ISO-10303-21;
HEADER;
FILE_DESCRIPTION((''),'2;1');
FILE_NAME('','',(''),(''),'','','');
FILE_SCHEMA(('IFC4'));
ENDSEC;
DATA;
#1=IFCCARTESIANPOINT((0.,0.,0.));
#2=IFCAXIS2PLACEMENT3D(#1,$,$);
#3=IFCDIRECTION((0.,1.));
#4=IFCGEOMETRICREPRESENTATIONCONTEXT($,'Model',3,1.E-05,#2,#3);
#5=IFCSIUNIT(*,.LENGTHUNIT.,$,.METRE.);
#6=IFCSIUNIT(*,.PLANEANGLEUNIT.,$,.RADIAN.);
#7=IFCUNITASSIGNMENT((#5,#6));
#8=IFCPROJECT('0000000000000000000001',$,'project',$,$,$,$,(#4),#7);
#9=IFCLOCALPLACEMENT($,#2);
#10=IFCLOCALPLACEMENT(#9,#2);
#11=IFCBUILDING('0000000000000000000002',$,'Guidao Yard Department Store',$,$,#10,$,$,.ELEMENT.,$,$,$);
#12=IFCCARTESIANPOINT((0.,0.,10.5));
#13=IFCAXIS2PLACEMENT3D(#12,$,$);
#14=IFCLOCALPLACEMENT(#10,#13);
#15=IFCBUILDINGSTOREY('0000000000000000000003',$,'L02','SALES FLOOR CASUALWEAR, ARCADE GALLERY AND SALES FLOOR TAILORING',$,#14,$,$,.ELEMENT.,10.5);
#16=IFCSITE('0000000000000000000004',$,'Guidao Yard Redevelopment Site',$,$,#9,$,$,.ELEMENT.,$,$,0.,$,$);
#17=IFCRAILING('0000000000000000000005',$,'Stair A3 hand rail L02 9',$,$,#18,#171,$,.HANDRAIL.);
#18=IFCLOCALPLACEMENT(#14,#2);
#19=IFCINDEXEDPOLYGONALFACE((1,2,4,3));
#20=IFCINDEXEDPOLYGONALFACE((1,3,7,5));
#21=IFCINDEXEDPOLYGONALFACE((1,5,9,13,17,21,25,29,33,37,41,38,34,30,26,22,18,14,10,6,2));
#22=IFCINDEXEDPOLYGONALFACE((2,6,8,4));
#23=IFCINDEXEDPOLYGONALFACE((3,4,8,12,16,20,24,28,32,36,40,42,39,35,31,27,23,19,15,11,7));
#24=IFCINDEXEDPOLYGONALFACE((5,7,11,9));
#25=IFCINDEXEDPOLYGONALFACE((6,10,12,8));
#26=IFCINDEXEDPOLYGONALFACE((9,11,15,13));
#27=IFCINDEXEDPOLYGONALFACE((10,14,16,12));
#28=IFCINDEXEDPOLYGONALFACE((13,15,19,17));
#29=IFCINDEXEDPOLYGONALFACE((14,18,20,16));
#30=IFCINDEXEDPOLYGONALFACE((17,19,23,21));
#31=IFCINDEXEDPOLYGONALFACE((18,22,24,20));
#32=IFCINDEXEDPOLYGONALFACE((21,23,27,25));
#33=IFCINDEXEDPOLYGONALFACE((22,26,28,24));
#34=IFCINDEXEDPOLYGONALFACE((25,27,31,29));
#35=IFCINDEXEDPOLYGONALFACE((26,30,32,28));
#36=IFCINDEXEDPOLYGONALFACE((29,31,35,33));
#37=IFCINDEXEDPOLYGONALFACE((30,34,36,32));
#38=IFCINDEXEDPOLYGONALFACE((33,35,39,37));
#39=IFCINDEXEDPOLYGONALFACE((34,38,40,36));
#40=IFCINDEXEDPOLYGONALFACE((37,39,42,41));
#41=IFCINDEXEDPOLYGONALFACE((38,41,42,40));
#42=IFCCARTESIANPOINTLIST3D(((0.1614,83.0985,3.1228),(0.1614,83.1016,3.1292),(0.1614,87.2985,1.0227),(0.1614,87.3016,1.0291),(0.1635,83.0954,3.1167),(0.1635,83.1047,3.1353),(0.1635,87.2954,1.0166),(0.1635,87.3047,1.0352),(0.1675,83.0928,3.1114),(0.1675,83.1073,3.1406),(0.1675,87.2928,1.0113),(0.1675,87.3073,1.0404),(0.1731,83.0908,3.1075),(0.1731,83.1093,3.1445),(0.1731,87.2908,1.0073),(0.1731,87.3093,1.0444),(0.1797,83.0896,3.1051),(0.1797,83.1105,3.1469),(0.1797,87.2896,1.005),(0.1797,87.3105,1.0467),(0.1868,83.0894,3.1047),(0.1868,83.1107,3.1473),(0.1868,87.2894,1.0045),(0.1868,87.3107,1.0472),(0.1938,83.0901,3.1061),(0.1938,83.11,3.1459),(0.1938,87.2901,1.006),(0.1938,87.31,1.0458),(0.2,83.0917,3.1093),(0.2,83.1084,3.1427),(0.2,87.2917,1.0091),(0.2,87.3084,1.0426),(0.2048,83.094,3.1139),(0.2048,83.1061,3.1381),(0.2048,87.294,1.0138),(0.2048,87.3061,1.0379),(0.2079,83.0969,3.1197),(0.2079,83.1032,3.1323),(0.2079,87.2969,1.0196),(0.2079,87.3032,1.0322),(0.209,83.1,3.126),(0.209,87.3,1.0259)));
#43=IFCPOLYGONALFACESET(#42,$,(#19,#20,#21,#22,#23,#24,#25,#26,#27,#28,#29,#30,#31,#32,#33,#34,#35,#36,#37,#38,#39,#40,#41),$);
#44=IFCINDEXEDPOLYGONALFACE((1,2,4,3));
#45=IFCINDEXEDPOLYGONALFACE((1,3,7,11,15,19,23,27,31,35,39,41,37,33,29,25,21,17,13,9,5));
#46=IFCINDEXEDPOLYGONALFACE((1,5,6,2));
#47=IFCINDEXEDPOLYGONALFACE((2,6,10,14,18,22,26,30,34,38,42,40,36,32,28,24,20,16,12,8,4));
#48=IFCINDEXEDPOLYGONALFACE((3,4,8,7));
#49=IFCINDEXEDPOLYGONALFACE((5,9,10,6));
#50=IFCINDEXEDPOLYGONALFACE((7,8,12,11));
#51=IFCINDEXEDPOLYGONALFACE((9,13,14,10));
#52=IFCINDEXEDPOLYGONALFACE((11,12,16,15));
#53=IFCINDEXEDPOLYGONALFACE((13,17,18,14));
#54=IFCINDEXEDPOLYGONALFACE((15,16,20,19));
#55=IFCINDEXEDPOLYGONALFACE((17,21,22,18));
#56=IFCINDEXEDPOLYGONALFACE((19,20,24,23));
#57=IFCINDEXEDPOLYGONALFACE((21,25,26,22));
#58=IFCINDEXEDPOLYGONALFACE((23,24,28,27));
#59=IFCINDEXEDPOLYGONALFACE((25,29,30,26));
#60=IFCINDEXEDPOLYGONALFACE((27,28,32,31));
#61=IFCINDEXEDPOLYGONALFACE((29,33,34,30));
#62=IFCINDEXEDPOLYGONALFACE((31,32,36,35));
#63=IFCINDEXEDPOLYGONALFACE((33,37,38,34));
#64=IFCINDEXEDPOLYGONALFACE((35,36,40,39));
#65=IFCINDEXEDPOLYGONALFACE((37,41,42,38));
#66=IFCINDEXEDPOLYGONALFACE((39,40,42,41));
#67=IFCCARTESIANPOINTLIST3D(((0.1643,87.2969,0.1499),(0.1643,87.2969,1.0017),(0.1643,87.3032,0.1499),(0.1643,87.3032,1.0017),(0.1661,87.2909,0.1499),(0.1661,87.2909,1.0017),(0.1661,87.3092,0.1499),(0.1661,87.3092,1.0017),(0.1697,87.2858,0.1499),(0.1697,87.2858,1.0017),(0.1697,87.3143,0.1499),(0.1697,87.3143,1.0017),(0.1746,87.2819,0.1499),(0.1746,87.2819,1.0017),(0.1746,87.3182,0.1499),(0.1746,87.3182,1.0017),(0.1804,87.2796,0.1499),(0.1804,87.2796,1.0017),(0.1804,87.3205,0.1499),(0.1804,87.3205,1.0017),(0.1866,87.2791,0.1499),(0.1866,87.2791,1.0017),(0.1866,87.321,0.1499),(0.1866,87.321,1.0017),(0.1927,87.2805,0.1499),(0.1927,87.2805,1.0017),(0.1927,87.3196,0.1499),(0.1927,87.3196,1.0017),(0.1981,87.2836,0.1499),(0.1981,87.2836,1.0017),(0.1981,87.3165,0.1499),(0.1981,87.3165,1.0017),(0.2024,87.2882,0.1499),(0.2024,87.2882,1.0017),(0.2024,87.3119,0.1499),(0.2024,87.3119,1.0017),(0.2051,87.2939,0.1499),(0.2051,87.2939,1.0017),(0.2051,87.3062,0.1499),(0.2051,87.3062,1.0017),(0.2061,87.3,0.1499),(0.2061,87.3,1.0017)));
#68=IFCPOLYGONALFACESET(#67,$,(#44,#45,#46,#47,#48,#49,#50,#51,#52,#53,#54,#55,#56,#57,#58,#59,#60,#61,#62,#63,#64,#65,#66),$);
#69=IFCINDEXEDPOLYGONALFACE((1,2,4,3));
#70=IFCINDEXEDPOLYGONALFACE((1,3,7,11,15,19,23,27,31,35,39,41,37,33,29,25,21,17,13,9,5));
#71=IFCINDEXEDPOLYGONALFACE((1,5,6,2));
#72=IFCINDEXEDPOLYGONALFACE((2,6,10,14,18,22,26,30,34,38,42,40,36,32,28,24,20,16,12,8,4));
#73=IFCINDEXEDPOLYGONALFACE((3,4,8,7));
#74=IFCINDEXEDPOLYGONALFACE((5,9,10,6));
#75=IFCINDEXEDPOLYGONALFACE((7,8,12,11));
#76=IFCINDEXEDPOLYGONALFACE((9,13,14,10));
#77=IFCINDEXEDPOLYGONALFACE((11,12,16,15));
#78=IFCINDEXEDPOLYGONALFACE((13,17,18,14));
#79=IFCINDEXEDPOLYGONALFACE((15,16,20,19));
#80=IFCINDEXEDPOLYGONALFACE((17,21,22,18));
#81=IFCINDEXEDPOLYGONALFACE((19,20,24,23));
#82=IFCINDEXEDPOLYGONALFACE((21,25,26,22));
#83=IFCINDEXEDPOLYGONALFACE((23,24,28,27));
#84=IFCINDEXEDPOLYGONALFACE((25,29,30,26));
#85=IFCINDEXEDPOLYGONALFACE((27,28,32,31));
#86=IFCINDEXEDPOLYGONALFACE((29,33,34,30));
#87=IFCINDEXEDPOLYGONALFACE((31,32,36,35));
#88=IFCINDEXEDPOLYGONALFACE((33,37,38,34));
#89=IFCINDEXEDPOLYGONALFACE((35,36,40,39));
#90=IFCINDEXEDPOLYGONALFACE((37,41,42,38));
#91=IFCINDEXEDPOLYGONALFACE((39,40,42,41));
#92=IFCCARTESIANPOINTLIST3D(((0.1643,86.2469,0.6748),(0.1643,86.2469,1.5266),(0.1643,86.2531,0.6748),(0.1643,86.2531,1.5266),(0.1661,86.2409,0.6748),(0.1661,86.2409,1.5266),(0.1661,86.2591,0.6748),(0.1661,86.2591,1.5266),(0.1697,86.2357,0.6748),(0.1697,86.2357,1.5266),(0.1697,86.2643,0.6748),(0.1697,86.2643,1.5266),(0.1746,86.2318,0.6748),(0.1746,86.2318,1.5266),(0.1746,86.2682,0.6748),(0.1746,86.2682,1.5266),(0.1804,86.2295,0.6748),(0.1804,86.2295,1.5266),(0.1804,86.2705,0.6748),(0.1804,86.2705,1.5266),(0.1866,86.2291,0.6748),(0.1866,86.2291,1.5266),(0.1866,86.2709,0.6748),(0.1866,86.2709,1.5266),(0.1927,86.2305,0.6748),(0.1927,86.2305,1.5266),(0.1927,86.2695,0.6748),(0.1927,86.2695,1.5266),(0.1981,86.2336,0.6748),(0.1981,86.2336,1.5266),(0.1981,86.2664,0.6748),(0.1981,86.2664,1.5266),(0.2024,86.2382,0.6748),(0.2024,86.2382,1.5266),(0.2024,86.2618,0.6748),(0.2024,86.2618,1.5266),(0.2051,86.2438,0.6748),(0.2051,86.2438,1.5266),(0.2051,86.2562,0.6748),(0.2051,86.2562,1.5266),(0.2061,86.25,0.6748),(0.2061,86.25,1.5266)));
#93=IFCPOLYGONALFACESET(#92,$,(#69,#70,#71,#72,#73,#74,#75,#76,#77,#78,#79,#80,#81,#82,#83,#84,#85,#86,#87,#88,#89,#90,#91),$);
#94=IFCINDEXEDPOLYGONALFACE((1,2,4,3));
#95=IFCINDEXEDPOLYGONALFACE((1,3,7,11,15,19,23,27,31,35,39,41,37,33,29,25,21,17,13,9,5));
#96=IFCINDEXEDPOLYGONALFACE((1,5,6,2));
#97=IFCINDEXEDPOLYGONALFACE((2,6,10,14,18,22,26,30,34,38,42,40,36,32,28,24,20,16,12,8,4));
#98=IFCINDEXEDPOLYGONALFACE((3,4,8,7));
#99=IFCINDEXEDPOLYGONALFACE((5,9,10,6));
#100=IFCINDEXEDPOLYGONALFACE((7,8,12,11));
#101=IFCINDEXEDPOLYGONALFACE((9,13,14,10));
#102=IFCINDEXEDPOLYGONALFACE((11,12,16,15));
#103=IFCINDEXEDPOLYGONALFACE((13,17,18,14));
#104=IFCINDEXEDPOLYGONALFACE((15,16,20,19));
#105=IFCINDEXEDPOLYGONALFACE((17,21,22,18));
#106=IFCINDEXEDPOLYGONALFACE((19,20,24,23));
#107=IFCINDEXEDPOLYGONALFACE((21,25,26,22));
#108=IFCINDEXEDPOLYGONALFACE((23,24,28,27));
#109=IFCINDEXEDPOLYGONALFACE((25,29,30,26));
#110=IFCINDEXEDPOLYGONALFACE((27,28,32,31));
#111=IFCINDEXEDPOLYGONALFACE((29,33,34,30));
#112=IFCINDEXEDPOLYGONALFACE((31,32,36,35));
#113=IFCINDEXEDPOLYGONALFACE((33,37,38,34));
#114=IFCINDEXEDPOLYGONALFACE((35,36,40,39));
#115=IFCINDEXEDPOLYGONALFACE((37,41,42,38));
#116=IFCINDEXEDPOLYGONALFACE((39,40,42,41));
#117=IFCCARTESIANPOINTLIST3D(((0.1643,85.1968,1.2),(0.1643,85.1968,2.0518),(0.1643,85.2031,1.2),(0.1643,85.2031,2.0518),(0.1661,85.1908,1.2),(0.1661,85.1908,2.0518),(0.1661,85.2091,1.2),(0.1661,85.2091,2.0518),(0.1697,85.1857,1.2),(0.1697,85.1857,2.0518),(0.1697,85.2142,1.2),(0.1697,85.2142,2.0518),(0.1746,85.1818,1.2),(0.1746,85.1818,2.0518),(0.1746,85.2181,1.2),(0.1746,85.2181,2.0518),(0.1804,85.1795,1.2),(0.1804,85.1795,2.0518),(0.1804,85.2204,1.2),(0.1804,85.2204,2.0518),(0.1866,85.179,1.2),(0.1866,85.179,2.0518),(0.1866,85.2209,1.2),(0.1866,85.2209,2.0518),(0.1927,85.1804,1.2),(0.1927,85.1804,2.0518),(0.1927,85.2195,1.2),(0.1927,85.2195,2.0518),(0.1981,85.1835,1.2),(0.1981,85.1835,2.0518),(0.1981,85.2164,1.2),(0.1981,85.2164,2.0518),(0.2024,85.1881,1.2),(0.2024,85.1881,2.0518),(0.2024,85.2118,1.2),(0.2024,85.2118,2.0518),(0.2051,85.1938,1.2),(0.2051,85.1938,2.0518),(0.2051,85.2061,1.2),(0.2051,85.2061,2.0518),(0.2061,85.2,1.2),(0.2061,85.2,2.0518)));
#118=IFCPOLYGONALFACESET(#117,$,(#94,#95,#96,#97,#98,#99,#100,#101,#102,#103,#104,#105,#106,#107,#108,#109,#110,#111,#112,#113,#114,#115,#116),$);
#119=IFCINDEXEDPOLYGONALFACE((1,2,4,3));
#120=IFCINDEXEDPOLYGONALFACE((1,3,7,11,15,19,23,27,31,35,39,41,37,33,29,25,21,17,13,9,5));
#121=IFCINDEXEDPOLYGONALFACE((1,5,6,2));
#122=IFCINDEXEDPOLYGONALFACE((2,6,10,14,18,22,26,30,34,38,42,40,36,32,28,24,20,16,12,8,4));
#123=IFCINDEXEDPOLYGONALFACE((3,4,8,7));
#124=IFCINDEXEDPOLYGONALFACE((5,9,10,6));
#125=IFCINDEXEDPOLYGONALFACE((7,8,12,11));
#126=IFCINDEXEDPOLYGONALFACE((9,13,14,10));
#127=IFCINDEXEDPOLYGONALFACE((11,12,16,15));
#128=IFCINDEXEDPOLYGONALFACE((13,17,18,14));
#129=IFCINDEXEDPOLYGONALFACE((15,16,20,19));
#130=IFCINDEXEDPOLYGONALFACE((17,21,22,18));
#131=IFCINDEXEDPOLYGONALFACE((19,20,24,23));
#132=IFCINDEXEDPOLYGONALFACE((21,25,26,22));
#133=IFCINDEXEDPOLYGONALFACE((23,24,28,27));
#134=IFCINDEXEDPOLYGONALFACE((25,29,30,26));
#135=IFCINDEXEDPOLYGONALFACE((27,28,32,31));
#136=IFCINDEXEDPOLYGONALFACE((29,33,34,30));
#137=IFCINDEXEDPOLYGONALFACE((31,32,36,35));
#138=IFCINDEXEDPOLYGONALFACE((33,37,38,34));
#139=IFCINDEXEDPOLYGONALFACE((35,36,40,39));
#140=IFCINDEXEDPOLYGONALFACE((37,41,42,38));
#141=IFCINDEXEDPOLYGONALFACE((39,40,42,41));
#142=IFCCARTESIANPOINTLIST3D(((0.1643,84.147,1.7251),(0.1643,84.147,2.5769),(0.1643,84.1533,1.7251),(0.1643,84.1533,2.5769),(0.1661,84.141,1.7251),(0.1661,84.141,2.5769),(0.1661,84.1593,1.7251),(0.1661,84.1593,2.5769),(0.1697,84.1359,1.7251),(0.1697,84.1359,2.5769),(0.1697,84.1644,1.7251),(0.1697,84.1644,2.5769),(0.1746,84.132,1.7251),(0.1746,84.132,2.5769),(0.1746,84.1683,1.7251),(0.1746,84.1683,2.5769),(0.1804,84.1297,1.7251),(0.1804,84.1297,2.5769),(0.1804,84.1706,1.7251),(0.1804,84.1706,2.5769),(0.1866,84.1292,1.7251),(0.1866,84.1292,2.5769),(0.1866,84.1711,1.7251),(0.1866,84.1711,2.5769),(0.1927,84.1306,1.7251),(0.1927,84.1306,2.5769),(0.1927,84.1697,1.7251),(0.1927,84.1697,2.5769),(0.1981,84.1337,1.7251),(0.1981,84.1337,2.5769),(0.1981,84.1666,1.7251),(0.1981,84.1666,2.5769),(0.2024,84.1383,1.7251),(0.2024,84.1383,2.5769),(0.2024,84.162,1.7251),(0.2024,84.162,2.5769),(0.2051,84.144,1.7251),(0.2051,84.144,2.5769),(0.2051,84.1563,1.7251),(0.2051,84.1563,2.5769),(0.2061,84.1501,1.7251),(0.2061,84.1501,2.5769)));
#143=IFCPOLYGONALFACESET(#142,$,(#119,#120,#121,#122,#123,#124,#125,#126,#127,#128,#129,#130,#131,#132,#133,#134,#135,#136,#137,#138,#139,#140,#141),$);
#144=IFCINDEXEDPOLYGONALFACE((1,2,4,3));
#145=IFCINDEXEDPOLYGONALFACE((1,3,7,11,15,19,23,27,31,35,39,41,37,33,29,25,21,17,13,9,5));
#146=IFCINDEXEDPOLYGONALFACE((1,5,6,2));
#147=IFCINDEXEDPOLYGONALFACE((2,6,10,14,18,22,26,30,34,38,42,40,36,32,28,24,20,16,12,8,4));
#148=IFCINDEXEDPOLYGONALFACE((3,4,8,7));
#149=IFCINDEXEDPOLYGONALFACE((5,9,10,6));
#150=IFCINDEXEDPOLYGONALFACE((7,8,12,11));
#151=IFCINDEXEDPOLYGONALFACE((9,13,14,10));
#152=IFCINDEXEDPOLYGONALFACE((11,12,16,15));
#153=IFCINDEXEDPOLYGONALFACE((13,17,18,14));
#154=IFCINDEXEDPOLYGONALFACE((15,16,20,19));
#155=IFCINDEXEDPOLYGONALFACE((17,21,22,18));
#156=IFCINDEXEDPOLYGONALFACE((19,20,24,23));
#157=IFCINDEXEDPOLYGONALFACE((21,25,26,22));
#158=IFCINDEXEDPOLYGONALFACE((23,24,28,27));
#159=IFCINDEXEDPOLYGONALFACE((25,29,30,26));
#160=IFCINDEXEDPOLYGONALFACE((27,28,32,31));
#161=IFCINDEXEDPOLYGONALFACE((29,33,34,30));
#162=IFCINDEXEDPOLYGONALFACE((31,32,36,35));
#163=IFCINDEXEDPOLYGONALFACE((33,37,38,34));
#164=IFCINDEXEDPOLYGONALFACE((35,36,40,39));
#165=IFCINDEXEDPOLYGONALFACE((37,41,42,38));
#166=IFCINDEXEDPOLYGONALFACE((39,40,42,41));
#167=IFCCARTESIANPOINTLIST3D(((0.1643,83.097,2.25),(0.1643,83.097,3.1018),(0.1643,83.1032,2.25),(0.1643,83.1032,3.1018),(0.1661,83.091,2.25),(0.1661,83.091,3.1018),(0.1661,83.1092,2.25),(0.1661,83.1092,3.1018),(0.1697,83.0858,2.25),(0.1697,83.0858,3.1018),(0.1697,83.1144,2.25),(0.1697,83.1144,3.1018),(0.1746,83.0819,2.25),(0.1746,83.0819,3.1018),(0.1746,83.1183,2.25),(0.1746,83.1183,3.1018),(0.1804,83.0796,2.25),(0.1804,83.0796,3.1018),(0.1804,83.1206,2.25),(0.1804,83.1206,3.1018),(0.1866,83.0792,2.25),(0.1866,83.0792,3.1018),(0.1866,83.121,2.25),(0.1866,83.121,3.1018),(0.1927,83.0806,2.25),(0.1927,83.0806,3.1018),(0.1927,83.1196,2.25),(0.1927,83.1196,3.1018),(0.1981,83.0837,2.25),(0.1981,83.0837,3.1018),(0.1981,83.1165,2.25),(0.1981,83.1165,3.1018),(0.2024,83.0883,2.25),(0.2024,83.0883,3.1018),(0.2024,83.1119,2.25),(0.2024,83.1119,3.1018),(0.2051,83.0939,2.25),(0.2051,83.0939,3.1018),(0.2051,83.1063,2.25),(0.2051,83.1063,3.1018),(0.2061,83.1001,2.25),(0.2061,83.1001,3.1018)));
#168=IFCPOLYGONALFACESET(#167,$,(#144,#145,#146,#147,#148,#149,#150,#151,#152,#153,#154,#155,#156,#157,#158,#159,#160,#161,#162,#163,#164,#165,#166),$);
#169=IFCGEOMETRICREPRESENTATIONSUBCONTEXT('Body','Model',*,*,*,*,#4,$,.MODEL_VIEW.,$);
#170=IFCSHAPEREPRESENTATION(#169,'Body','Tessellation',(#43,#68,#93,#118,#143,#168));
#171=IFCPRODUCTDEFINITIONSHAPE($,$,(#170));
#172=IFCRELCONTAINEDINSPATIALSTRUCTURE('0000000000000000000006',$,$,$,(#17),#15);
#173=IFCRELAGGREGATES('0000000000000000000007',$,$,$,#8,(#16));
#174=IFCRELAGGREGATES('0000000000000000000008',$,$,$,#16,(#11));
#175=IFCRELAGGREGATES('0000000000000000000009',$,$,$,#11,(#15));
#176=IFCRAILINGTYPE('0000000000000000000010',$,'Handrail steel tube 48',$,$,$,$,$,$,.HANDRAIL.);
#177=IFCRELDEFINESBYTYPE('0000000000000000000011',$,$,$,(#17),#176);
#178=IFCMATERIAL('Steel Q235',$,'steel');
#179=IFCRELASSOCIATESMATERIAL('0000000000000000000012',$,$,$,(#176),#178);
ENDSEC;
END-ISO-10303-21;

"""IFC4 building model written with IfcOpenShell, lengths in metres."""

from ifc_helpers import new_model, si_unit, direction, frame, origin, origin_2d, place, context, subcontext, project, spatial, circle, extrude, material, type_object, element, save


model = new_model("IFC4")

# Units and contexts
model_context = context("Model", 3, precision=1e-05, world=origin(), true_north=direction((0.0, 1.0)))
body_context = subcontext(model_context, "Body", "Model", "MODEL_VIEW")
ifc_project = project(units=[si_unit("LENGTHUNIT", "METRE"), si_unit("PLANEANGLEUNIT", "RADIAN")], contexts=[model_context])

# Site, building, storey
site_placement = place(None, origin())
site = spatial("IfcSite", under=ifc_project, at=site_placement, Name="Guidao Yard Redevelopment Site", CompositionType="ELEMENT", RefElevation=0.0)
building_placement = place(site_placement, origin())
building = spatial("IfcBuilding", under=site, at=building_placement, Name="Guidao Yard Department Store", CompositionType="ELEMENT")
storey_placement = place(building_placement, frame((0.0, 0.0, 10.5)))
storey = spatial("IfcBuildingStorey", under=building, at=storey_placement, Name="L02", Description="SALES FLOOR CASUALWEAR, ARCADE GALLERY AND SALES FLOOR TAILORING", CompositionType="ELEMENT", Elevation=10.5)

# Railing
ifc_material_1 = material(Name="Steel Q235", Category="steel")
railing_type_1 = type_object("IfcRailingType", Name="Handrail steel tube 48", PredefinedType="HANDRAIL", material=ifc_material_1)
for number, where, name in (
    (1, (0.1851, 87.3, 0.1499), "Stair A3 hand rail L02 9"),
):
    element("IfcRailing", number, at=place(storey_placement, frame(where)), inside=storey, type_object=railing_type_1, Name=name, PredefinedType="HANDRAIL", context=body_context, shape_type="SweptSolid", body=[
        extrude(circle(Radius=0.0239, at=origin_2d()), frame((0.0, 0.0, 0.876), z_axis=(0.0, -0.894417, 0.447234), x_axis=(1.0, 0.0, 0.0)), (0.0, 0.0, 1.0), 4.6958),
        extrude(circle(Radius=0.021, at=origin_2d()), origin(), (0.0, 0.0, 1.0), 0.8518),
        extrude(circle(Radius=0.021, at=origin_2d()), frame((0.0, -1.05, 0.5249)), (0.0, 0.0, 1.0), 0.8518),
        extrude(circle(Radius=0.021, at=origin_2d()), frame((0.0, -2.1001, 1.05)), (0.0, 0.0, 1.0), 0.8518),
        extrude(circle(Radius=0.021, at=origin_2d()), frame((0.0, -3.1499, 1.5752)), (0.0, 0.0, 1.0), 0.8518),
        extrude(circle(Radius=0.021, at=origin_2d()), frame((0.0, -4.2, 2.1001)), (0.0, 0.0, 1.0), 0.8518),
    ])

save(model, "model.ifc")
